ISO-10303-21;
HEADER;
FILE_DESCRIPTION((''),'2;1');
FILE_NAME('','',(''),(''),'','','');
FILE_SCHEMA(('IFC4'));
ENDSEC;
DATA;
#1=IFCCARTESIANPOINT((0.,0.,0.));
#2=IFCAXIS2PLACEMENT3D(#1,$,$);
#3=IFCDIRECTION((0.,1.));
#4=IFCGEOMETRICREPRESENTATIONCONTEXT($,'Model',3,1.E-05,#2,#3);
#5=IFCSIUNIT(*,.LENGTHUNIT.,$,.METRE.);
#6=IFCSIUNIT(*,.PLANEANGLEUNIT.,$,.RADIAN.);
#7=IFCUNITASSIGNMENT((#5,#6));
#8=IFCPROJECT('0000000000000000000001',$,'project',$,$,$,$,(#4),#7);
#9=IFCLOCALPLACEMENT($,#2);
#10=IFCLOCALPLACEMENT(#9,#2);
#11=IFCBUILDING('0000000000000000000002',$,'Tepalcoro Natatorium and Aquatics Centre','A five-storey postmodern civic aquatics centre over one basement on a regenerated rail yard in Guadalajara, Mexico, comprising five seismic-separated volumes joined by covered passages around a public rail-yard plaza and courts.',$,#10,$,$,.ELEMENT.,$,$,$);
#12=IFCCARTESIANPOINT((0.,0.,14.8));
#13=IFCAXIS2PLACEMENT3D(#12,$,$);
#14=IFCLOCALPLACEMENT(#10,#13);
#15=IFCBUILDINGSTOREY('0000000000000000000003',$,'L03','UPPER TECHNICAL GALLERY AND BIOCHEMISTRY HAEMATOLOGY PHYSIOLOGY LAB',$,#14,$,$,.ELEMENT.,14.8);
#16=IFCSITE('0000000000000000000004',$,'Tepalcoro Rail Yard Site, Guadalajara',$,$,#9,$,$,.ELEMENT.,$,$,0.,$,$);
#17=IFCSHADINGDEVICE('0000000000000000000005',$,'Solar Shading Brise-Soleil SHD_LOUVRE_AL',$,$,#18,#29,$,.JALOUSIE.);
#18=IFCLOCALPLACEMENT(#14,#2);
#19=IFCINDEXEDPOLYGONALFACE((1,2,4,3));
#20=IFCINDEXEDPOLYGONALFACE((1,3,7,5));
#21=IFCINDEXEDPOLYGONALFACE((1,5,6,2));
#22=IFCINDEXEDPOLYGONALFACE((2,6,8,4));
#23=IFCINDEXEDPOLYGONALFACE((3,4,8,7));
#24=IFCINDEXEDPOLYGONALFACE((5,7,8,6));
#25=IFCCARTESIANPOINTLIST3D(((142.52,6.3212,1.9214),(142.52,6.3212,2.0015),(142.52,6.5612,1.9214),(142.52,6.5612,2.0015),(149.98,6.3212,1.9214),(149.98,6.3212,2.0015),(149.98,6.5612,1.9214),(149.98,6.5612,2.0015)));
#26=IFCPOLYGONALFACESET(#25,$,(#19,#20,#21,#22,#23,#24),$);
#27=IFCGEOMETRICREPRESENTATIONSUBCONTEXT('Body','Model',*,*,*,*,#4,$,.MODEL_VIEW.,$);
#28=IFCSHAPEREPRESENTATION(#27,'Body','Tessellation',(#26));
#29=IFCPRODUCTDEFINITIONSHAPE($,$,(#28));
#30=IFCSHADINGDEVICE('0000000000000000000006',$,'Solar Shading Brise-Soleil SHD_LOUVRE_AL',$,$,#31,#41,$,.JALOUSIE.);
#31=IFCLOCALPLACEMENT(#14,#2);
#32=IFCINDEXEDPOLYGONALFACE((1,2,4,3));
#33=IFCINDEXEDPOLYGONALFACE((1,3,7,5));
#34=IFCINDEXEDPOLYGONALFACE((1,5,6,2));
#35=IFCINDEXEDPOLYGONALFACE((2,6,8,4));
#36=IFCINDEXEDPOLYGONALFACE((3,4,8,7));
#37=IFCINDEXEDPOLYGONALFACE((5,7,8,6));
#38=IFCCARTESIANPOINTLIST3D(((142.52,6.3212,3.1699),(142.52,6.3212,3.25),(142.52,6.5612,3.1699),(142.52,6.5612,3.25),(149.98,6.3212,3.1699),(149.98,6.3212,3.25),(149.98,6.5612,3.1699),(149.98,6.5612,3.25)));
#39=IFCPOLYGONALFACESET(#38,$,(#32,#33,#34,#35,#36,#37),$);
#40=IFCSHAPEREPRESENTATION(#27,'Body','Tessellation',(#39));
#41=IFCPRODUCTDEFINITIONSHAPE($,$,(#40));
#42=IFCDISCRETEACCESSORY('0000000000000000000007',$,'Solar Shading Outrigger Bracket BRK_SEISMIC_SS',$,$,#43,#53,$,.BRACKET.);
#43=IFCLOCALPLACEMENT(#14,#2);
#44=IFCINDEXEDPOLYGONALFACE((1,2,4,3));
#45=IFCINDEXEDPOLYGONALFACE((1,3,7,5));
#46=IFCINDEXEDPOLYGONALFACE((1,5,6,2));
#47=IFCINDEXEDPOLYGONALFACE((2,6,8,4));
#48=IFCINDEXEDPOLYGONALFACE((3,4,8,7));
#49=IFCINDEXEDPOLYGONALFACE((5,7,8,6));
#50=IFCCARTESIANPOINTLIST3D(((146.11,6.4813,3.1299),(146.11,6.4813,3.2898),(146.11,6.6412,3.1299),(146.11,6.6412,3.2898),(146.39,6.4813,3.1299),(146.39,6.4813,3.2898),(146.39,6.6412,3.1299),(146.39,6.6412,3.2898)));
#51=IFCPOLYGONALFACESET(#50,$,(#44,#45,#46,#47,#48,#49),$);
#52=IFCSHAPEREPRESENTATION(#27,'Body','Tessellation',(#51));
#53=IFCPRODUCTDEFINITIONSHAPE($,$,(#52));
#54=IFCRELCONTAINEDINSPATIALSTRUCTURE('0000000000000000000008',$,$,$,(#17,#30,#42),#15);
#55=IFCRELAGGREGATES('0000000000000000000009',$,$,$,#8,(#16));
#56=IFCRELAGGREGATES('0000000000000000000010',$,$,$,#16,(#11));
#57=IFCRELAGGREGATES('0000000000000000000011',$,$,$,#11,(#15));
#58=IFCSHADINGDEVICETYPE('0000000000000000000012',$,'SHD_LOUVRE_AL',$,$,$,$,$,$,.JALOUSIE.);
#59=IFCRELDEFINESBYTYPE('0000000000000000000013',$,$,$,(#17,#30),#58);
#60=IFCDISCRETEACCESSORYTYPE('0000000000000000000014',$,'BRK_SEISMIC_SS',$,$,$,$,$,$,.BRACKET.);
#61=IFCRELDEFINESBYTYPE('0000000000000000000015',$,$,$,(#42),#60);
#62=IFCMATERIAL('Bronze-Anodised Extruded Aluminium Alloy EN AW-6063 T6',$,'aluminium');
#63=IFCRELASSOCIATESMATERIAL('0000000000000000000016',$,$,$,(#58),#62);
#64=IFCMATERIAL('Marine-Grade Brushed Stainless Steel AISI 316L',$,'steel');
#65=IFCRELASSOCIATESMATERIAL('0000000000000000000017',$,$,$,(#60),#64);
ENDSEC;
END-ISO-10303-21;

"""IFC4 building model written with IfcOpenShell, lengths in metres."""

from ifc_helpers import new_model, si_unit, direction, frame, origin, origin_2d, place, context, subcontext, project, spatial, rectangle, extrude, material, type_object, element, save


model = new_model("IFC4")

# Units and contexts
model_context = context("Model", 3, precision=1e-05, world=origin(), true_north=direction((0.0, 1.0)))
body_context = subcontext(model_context, "Body", "Model", "MODEL_VIEW")
ifc_project = project(units=[si_unit("LENGTHUNIT", "METRE"), si_unit("PLANEANGLEUNIT", "RADIAN")], contexts=[model_context])

# Site, building, storey
site_placement = place(None, origin())
site = spatial("IfcSite", under=ifc_project, at=site_placement, Name="Tepalcoro Rail Yard Site, Guadalajara", CompositionType="ELEMENT", RefElevation=0.0)
building_placement = place(site_placement, origin())
building = spatial("IfcBuilding", under=site, at=building_placement, Name="Tepalcoro Natatorium and Aquatics Centre", Description="A five-storey postmodern civic aquatics centre over one basement on a regenerated rail yard in Guadalajara, Mexico, comprising five seismic-separated volumes joined by covered passages around a public rail-yard plaza and courts.", CompositionType="ELEMENT")
storey_placement = place(building_placement, frame((0.0, 0.0, 14.8)))
storey = spatial("IfcBuildingStorey", under=building, at=storey_placement, Name="L03", Description="UPPER TECHNICAL GALLERY AND BIOCHEMISTRY HAEMATOLOGY PHYSIOLOGY LAB", CompositionType="ELEMENT", Elevation=14.8)

# Shared definitions
ifc_material_1 = material(Name="Bronze-Anodised Extruded Aluminium Alloy EN AW-6063 T6", Category="aluminium")

# Shading devices
shading_device_type = type_object("IfcShadingDeviceType", Name="SHD_LOUVRE_AL", PredefinedType="JALOUSIE", material=ifc_material_1)
for number, where, z_axis, x_axis, name in (
    (1, (146.25, 6.4412, 1.9214), (0.0, 0.0, 1.0), (1.0, 0.0, 0.0), "Solar Shading Brise-Soleil SHD_LOUVRE_AL"),
    (2, (146.25, 6.4412, 3.1699), (0.0, 0.0, 1.0), (1.0, 0.0, 0.0), "Solar Shading Brise-Soleil SHD_LOUVRE_AL"),
):
    element("IfcShadingDevice", number, at=place(storey_placement, frame(where, z_axis=z_axis, x_axis=x_axis)), inside=storey, type_object=shading_device_type, Name=name, PredefinedType="JALOUSIE", context=body_context, shape_type="SweptSolid", body=[
        extrude(rectangle(XDim=7.46, YDim=0.24, at=origin_2d()), origin(), (0.0, 0.0, 1.0), 0.0801),
    ])

# Discrete accessory
ifc_material_2 = material(Name="Marine-Grade Brushed Stainless Steel AISI 316L", Category="steel")
discrete_accessory_type = type_object("IfcDiscreteAccessoryType", Name="BRK_SEISMIC_SS", PredefinedType="BRACKET", material=ifc_material_2)
discrete_accessory_placement = place(storey_placement, frame((146.25, 6.5613, 3.1299), z_axis=(0.0, 0.0, 1.0), x_axis=(1.0, 0.0, 0.0)))
element("IfcDiscreteAccessory", 3, at=discrete_accessory_placement, inside=storey, type_object=discrete_accessory_type, Name="Solar Shading Outrigger Bracket BRK_SEISMIC_SS", PredefinedType="BRACKET", context=body_context, shape_type="SweptSolid", body=[
    extrude(rectangle(XDim=0.28, YDim=0.1599, at=origin_2d()), origin(), (0.0, 0.0, 1.0), 0.1599),
])

save(model, "model.ifc")
